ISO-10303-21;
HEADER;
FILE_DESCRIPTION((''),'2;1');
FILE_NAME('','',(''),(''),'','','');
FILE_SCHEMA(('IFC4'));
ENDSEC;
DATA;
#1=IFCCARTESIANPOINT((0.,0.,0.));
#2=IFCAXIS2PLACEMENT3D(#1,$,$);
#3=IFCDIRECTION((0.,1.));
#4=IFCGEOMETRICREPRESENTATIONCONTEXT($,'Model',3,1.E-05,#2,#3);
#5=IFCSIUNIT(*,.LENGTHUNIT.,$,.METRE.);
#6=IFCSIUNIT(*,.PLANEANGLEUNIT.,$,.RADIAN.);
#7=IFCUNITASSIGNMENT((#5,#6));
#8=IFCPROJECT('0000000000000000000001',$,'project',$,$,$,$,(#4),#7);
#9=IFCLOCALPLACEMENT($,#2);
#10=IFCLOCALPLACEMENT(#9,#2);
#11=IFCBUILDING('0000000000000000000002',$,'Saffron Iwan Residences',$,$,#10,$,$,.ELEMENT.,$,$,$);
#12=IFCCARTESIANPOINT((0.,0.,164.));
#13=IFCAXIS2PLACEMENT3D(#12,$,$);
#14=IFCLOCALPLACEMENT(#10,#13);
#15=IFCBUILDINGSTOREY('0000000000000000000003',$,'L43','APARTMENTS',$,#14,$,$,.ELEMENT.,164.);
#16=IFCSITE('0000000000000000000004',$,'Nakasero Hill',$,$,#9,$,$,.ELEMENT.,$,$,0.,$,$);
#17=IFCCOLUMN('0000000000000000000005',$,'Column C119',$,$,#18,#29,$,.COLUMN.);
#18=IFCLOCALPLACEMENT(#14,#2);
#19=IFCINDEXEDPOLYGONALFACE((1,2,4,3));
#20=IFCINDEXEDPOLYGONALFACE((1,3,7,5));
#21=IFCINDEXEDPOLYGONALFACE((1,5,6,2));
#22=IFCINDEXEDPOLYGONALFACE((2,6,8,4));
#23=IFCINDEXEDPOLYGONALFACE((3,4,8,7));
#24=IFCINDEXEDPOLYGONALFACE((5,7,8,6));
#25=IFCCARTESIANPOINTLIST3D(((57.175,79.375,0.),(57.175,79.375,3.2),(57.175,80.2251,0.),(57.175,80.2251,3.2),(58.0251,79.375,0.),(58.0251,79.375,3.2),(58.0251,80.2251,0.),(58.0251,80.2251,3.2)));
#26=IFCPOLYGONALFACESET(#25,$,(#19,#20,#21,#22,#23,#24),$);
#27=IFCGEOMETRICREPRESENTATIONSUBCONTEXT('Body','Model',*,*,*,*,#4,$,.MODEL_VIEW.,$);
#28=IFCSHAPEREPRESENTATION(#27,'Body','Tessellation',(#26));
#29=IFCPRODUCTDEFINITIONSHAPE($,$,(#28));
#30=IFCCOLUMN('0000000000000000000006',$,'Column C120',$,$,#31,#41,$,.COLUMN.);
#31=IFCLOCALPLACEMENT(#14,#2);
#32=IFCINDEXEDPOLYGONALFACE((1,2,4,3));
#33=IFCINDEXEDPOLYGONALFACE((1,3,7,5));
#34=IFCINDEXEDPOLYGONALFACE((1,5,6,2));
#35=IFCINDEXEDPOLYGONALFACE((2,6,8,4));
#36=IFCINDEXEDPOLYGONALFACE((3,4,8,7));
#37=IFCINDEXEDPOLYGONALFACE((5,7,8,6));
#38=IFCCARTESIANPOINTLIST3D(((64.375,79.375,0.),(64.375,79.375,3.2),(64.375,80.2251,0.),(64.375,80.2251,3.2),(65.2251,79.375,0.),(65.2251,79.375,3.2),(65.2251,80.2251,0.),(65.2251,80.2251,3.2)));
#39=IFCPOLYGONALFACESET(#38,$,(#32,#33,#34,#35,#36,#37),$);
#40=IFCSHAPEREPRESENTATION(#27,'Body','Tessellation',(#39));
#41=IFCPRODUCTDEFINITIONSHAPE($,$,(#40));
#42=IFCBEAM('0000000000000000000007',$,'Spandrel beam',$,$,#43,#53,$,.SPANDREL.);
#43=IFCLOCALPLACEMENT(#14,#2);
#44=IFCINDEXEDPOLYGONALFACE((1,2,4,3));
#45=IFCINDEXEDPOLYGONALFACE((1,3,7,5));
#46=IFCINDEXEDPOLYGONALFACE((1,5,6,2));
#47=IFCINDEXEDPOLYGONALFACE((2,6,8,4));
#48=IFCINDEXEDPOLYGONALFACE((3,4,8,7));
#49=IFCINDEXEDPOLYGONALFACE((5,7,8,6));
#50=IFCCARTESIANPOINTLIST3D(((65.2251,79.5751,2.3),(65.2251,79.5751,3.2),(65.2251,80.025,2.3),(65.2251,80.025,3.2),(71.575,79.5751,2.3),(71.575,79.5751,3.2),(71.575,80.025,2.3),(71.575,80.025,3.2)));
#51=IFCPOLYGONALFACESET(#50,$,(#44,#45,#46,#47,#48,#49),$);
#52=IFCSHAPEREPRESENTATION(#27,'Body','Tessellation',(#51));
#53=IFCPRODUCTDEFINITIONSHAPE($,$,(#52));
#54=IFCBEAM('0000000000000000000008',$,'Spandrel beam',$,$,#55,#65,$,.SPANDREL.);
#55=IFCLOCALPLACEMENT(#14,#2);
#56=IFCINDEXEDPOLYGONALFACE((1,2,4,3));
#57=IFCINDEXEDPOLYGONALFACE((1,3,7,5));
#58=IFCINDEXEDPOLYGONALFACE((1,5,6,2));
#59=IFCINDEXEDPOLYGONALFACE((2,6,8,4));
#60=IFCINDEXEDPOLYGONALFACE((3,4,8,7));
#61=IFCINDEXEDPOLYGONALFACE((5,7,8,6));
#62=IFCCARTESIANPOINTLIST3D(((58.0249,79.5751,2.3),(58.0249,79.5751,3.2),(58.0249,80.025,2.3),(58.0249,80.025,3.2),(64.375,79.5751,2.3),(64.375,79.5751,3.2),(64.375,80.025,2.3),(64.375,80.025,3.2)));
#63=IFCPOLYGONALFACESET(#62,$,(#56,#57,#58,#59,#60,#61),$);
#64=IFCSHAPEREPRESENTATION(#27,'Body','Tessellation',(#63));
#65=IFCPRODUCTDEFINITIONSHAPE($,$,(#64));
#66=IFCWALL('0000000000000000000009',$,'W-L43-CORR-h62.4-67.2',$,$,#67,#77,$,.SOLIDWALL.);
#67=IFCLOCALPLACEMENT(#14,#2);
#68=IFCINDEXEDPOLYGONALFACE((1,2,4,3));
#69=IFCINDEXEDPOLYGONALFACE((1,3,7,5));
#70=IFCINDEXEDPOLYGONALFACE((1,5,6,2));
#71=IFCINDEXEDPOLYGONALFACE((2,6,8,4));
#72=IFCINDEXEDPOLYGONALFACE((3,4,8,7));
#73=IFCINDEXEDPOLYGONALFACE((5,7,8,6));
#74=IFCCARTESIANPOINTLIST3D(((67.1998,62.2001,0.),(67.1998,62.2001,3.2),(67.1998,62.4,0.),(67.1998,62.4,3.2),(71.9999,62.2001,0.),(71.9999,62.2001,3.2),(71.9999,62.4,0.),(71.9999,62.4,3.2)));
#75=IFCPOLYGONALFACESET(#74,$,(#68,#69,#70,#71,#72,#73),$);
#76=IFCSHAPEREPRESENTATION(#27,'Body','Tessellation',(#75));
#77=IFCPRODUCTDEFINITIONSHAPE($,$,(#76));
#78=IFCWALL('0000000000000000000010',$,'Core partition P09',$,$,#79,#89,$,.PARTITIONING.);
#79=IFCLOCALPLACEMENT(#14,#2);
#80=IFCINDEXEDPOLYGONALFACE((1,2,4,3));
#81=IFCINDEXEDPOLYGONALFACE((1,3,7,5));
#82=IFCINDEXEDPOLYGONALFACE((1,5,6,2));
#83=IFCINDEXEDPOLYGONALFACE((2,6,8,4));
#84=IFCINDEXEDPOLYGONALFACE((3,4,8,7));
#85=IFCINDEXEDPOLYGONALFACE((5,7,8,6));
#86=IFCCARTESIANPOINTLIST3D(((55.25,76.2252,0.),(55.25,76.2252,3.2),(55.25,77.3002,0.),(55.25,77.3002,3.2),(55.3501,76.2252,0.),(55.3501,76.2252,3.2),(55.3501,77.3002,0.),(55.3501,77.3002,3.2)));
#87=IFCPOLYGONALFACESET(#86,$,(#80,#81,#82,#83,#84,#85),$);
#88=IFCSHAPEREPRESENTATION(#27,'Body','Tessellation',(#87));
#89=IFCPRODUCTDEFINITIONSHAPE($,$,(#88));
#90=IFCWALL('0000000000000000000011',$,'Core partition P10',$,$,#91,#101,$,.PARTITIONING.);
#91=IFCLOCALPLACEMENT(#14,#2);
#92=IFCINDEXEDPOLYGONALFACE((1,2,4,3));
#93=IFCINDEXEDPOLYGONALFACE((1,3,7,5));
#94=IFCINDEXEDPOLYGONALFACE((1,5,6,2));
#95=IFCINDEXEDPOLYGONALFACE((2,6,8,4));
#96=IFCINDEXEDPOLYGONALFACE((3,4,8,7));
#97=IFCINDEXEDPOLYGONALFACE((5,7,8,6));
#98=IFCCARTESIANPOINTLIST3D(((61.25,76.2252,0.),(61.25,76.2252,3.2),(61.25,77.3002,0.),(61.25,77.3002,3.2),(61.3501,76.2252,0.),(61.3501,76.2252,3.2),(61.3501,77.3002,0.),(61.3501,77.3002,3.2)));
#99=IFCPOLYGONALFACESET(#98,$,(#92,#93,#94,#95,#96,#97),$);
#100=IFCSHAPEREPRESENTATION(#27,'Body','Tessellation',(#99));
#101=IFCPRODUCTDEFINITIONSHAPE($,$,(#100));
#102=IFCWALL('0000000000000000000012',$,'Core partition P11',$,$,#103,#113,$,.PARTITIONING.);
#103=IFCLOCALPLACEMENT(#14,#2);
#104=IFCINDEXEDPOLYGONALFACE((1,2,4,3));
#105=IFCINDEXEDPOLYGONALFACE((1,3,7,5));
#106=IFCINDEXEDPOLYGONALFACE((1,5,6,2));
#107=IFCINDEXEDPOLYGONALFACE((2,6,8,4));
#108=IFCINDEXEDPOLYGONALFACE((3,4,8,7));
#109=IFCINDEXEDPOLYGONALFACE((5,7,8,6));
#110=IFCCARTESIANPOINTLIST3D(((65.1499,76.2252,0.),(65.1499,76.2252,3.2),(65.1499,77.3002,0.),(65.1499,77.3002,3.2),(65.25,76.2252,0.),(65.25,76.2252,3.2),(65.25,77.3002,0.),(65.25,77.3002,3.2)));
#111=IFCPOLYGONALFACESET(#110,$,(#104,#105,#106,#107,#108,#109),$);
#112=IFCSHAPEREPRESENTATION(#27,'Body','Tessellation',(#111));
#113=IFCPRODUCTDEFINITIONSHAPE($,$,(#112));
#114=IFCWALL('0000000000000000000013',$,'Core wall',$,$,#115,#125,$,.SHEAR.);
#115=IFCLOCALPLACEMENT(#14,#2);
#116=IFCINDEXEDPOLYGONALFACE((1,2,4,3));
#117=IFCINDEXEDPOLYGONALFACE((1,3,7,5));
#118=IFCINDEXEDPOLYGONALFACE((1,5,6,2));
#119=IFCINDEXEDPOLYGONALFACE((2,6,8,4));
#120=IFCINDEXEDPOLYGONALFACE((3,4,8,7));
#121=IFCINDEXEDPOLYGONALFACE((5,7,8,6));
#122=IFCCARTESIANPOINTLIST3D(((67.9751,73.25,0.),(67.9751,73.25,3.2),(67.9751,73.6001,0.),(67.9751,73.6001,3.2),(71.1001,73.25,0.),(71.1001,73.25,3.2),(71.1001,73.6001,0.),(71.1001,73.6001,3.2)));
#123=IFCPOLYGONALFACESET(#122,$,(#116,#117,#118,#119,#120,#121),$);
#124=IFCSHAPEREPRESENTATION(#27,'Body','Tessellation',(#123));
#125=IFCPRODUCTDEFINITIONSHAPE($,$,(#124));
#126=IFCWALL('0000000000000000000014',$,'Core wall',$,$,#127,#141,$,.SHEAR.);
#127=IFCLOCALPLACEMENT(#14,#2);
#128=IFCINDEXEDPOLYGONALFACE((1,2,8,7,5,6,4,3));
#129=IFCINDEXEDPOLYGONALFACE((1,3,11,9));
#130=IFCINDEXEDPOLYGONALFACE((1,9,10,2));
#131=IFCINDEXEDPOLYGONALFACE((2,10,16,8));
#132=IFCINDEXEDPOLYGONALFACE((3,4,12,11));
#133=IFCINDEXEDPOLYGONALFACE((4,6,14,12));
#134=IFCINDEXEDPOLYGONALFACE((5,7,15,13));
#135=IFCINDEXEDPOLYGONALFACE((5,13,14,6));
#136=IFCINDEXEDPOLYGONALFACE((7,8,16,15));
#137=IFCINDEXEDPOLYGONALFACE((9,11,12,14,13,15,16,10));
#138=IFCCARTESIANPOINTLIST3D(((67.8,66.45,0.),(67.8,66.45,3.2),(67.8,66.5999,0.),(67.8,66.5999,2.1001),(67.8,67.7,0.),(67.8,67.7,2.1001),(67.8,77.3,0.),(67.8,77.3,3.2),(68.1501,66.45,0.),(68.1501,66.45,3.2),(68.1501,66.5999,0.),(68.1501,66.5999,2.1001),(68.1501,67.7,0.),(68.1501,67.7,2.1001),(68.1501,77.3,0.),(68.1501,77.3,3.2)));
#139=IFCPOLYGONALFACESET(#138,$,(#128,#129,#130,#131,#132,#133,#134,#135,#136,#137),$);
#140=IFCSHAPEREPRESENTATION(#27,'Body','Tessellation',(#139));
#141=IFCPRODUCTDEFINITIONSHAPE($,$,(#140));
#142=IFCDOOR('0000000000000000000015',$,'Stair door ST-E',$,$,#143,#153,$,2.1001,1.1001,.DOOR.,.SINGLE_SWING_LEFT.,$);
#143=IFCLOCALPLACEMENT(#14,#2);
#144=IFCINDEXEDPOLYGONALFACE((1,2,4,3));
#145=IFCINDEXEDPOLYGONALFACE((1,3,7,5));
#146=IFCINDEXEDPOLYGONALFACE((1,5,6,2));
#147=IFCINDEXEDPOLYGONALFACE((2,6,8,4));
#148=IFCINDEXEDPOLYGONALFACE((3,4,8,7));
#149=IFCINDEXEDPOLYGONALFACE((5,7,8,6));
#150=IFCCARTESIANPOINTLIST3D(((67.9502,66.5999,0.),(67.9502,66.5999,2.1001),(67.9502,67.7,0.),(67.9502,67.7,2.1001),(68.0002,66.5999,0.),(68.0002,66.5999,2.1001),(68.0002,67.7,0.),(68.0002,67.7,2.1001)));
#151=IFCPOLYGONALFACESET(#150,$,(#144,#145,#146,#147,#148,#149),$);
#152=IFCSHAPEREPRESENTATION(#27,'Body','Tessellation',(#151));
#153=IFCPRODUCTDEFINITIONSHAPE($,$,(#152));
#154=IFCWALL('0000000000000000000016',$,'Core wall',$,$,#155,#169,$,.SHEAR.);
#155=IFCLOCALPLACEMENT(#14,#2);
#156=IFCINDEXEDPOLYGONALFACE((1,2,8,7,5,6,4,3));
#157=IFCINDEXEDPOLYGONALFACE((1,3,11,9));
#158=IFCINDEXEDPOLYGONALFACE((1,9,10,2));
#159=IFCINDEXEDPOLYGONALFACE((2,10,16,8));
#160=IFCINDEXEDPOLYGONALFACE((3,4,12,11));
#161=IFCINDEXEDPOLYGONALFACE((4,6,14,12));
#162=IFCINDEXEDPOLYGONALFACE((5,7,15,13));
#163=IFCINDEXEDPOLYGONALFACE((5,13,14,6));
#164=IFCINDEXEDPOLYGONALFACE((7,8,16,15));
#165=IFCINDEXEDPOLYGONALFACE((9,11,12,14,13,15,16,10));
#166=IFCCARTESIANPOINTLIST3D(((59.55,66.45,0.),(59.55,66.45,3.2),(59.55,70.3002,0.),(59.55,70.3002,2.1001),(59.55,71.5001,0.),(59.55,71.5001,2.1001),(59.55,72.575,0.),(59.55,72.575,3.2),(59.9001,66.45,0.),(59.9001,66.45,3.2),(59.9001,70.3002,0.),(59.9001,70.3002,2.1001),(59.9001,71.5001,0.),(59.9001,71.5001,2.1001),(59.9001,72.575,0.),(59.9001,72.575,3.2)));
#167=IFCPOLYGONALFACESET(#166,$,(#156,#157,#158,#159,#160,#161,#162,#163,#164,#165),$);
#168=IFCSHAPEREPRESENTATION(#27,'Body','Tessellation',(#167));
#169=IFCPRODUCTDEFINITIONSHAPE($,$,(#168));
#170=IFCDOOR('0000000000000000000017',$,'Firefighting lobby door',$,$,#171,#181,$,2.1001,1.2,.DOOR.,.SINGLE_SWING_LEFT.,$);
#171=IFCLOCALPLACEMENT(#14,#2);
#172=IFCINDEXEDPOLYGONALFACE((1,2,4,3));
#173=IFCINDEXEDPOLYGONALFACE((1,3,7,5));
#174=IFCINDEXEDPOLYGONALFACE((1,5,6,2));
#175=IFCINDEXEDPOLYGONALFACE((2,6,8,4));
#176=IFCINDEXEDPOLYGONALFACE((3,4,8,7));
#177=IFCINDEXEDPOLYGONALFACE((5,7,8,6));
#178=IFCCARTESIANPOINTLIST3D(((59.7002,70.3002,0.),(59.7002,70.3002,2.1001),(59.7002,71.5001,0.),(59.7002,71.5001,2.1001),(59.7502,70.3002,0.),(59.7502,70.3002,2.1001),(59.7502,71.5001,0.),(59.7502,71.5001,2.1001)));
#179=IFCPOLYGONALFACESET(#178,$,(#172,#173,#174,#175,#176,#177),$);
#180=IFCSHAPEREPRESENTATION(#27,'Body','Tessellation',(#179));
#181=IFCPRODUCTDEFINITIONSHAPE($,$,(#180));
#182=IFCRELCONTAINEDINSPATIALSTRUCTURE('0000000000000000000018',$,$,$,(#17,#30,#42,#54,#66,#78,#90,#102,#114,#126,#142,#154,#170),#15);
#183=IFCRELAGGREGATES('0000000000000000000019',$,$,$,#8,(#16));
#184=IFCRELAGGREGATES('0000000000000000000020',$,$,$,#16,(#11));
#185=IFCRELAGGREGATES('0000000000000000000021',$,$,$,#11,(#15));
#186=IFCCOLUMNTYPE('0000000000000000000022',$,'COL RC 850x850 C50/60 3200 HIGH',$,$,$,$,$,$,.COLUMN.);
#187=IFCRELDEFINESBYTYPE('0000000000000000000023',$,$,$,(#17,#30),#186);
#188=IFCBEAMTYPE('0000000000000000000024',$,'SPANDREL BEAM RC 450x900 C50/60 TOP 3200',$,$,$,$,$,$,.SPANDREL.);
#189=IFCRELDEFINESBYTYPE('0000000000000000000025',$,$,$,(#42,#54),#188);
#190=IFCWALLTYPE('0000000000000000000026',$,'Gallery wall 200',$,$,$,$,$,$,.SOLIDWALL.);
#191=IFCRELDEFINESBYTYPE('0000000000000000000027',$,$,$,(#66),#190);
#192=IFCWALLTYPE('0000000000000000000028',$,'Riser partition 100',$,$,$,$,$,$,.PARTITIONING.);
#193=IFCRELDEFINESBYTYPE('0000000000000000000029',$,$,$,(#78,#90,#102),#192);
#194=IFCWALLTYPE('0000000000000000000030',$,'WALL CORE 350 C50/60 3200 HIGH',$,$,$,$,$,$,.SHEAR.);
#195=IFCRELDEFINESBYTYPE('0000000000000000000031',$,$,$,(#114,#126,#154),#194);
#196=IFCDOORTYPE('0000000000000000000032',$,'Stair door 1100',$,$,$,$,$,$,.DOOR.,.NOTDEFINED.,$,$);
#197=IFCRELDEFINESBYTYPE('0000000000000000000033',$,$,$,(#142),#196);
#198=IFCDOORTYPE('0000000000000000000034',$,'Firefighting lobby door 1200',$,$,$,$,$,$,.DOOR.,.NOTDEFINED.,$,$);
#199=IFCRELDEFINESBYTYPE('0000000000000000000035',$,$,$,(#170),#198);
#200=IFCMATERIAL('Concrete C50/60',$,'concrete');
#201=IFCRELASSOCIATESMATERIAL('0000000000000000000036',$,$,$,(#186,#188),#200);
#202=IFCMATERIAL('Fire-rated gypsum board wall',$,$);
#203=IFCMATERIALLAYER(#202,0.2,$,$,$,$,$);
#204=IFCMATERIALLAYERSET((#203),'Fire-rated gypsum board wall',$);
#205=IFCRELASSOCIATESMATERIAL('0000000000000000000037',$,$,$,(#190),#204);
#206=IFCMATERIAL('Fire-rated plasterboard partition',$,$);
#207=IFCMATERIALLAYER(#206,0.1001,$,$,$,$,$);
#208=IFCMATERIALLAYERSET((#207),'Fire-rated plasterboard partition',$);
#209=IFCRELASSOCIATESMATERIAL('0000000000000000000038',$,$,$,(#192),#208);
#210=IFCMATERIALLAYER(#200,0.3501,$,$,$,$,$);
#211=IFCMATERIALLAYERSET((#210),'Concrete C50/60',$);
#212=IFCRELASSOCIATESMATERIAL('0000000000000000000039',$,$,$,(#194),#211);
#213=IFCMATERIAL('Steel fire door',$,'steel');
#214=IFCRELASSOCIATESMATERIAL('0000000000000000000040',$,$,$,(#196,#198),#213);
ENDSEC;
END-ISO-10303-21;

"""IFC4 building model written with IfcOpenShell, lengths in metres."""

from ifc_helpers import new_model, si_unit, direction, frame, frame_2d, origin, origin_2d, place, context, subcontext, project, spatial, rectangle, extrude, source, transform, mapped, material, layer, layer_set, material_profile, profile_set, type_object, element, fill, save


model = new_model("IFC4")

# Units and contexts
model_context = context("Model", 3, precision=1e-05, world=origin(), true_north=direction((0.0, 1.0)))
body_context = subcontext(model_context, "Body", "Model", "MODEL_VIEW")
ifc_project = project(units=[si_unit("LENGTHUNIT", "METRE"), si_unit("PLANEANGLEUNIT", "RADIAN")], contexts=[model_context])

# Site, building, storey
site_placement = place(None, origin())
site = spatial("IfcSite", under=ifc_project, at=site_placement, Name="Nakasero Hill", CompositionType="ELEMENT", RefElevation=0.0)
building_placement = place(site_placement, origin())
building = spatial("IfcBuilding", under=site, at=building_placement, Name="Saffron Iwan Residences", CompositionType="ELEMENT")
storey_placement = place(building_placement, frame((0.0, 0.0, 164.0)))
storey = spatial("IfcBuildingStorey", under=building, at=storey_placement, Name="L43", Description="APARTMENTS", CompositionType="ELEMENT", Elevation=164.0)

# Columns
ifc_material_1 = material(Name="Concrete C50/60", Category="concrete")
ifc_material_profile_1 = material_profile(ifc_material_1, rectangle(XDim=0.8501, YDim=0.8501, at=origin_2d()), Name="RC 850x850")
ifc_profile_set_1 = profile_set([ifc_material_profile_1], Name="Concrete C50/60")
column_type = type_object("IfcColumnType", Name="COL RC 850x850 C50/60 3200 HIGH", PredefinedType="COLUMN", material=ifc_profile_set_1)
shared_shape_1 = source(origin(), body_context, "Body", "SweptSolid", [
    extrude(rectangle(XDim=0.8501, YDim=0.8501, at=origin_2d()), origin(), (0.0, 0.0, 1.0), 3.2),
])
for number, where, z_axis, x_axis, name in (
    (1, (57.6001, 79.8, 0.0), (0.0, 0.0, 1.0), (1.0, 0.0, 0.0), "Column C119"),
    (2, (64.8, 79.8, 0.0), (0.0, 0.0, 1.0), (1.0, 0.0, 0.0), "Column C120"),
):
    element("IfcColumn", number, at=place(storey_placement, frame(where, z_axis=z_axis, x_axis=x_axis)), inside=storey, type_object=column_type, Name=name, PredefinedType="COLUMN", context=body_context, shape_type="MappedRepresentation", body=[
        mapped(shared_shape_1, transform((0.0, 0.0, 0.0))),
    ])

# Beams
ifc_material_profile_2 = material_profile(ifc_material_1, rectangle(XDim=0.45, YDim=0.8999, at=origin_2d()), Name="RC 450x900")
ifc_profile_set_2 = profile_set([ifc_material_profile_2], Name="Concrete C50/60")
beam_type = type_object("IfcBeamType", Name="SPANDREL BEAM RC 450x900 C50/60 TOP 3200", PredefinedType="SPANDREL", material=ifc_profile_set_2)
shared_shape_2 = source(origin(), body_context, "Body", "SweptSolid", [
    extrude(rectangle(XDim=0.45, YDim=0.8999, at=origin_2d()), origin(), (0.0, 0.0, 1.0), 6.3499),
])
beam_1_placement = place(storey_placement, frame((65.2251, 79.8, 2.75), z_axis=(1.0, 0.0, 0.0), x_axis=(0.0, 1.0, 0.0)))
element("IfcBeam", 3, at=beam_1_placement, inside=storey, type_object=beam_type, Name="Spandrel beam", PredefinedType="SPANDREL", context=body_context, shape_type="MappedRepresentation", body=[
    mapped(shared_shape_2, transform((0.0, 0.0, 0.0))),
])
shared_shape_3 = source(origin(), body_context, "Body", "SweptSolid", [
    extrude(rectangle(XDim=0.45, YDim=0.8999, at=origin_2d()), origin(), (0.0, 0.0, 1.0), 6.3501),
])
beam_2_placement = place(storey_placement, frame((58.0249, 79.8, 2.75), z_axis=(1.0, 0.0, 0.0), x_axis=(0.0, 1.0, 0.0)))
element("IfcBeam", 4, at=beam_2_placement, inside=storey, type_object=beam_type, Name="Spandrel beam", PredefinedType="SPANDREL", context=body_context, shape_type="MappedRepresentation", body=[
    mapped(shared_shape_3, transform((0.0, 0.0, 0.0))),
])

# Walls
ifc_material_2 = material(Name="Fire-rated gypsum board wall")
ifc_layer_1 = layer(ifc_material_2, 0.2)
ifc_layer_set_1 = layer_set([ifc_layer_1], Name="Fire-rated gypsum board wall")
wall_type_1 = type_object("IfcWallType", Name="Gallery wall 200", PredefinedType="SOLIDWALL", material=ifc_layer_set_1)
wall_1_placement = place(storey_placement, frame((67.2, 62.3, 0.0), z_axis=(0.0, 0.0, 1.0), x_axis=(1.0, 0.0, 0.0)))
element("IfcWall", 5, at=wall_1_placement, inside=storey, type_object=wall_type_1, Name="W-L43-CORR-h62.4-67.2", PredefinedType="SOLIDWALL", context=body_context, shape_type="SweptSolid", body=[
    extrude(rectangle(XDim=4.8, YDim=0.2, at=frame_2d((2.3999, 0.0))), origin(), (0.0, 0.0, 1.0), 3.2),
])
ifc_material_3 = material(Name="Fire-rated plasterboard partition")
ifc_layer_2 = layer(ifc_material_3, 0.1001)
ifc_layer_set_2 = layer_set([ifc_layer_2], Name="Fire-rated plasterboard partition")
wall_type_2 = type_object("IfcWallType", Name="Riser partition 100", PredefinedType="PARTITIONING", material=ifc_layer_set_2)
for number, where, z_axis, x_axis, name in (
    (6, (55.3, 76.2251, 0.0), (0.0, 0.0, 1.0), (0.0, 1.0, 0.0), "Core partition P09"),
    (7, (61.3, 76.2251, 0.0), (0.0, 0.0, 1.0), (0.0, 1.0, 0.0), "Core partition P10"),
    (8, (65.2, 76.2251, 0.0), (0.0, 0.0, 1.0), (0.0, 1.0, 0.0), "Core partition P11"),
):
    element("IfcWall", number, at=place(storey_placement, frame(where, z_axis=z_axis, x_axis=x_axis)), inside=storey, type_object=wall_type_2, Name=name, PredefinedType="PARTITIONING", context=body_context, shape_type="SweptSolid", body=[
        extrude(rectangle(XDim=1.075, YDim=0.1001, at=frame_2d((0.5376, 0.0))), origin(), (0.0, 0.0, 1.0), 3.2),
    ])
ifc_layer_3 = layer(ifc_material_1, 0.3501)
ifc_layer_set_3 = layer_set([ifc_layer_3], Name="Concrete C50/60")
wall_type_3 = type_object("IfcWallType", Name="WALL CORE 350 C50/60 3200 HIGH", PredefinedType="SHEAR", material=ifc_layer_set_3)
wall_2_placement = place(storey_placement, frame((67.9751, 73.425, 0.0), z_axis=(0.0, 0.0, 1.0), x_axis=(1.0, 0.0, 0.0)))
element("IfcWall", 9, at=wall_2_placement, inside=storey, type_object=wall_type_3, Name="Core wall", PredefinedType="SHEAR", context=body_context, shape_type="SweptSolid", body=[
    extrude(rectangle(XDim=3.125, YDim=0.3501, at=frame_2d((1.5625, 0.0))), origin(), (0.0, 0.0, 1.0), 3.2),
])

# Walls, openings, doors
wall_3_placement = place(storey_placement, frame((67.9751, 66.45, 0.0), z_axis=(0.0, 0.0, 1.0), x_axis=(0.0, 1.0, 0.0)))
wall_3 = element("IfcWall", 10, at=wall_3_placement, inside=storey, type_object=wall_type_3, Name="Core wall", PredefinedType="SHEAR", context=body_context, shape_type="SweptSolid", body=[
    extrude(rectangle(XDim=10.8501, YDim=0.3501, at=frame_2d((5.425, 0.0))), origin(), (0.0, 0.0, 1.0), 3.2),
])
opening_1_placement = place(wall_3_placement, frame((0.1499, 0.0, 0.0)))
opening_1 = element("IfcOpeningElement", 11, at=opening_1_placement, cuts=wall_3, PredefinedType="OPENING", context=body_context, shape_type="SweptSolid", body=[
    extrude(rectangle(XDim=1.1001, YDim=2.1001, at=frame_2d((0.55, 1.05))), frame((0.0, 0.1851, 0.0), z_axis=(0.0, -1.0, 0.0), x_axis=(1.0, 0.0, 0.0)), (0.0, 0.0, 1.0), 0.3701),
])
ifc_material_4 = material(Name="Steel fire door", Category="steel")
door_type_1 = type_object("IfcDoorType", Name="Stair door 1100", OperationType="NOTDEFINED", PredefinedType="DOOR", material=ifc_material_4)
door_1_placement = place(opening_1_placement, origin())
door_1 = element("IfcDoor", 12, at=door_1_placement, inside=storey, type_object=door_type_1, Name="Stair door ST-E", OperationType="SINGLE_SWING_LEFT", OverallHeight=2.1001, OverallWidth=1.1001, PredefinedType="DOOR", context=body_context, shape_type="SweptSolid", body=[
    extrude(rectangle(XDim=1.1001, YDim=2.1001, at=frame_2d((0.55, 1.05))), frame((0.0, 0.0249, 0.0), z_axis=(0.0, -1.0, 0.0), x_axis=(1.0, 0.0, 0.0)), (0.0, 0.0, 1.0), 0.05),
])
fill(opening_1, door_1)
wall_4_placement = place(storey_placement, frame((59.7251, 66.45, 0.0), z_axis=(0.0, 0.0, 1.0), x_axis=(0.0, 1.0, 0.0)))
wall_4 = element("IfcWall", 13, at=wall_4_placement, inside=storey, type_object=wall_type_3, Name="Core wall", PredefinedType="SHEAR", context=body_context, shape_type="SweptSolid", body=[
    extrude(rectangle(XDim=6.125, YDim=0.3501, at=frame_2d((3.0625, 0.0))), origin(), (0.0, 0.0, 1.0), 3.2),
])
opening_2_placement = place(wall_4_placement, frame((3.8501, 0.0, 0.0)))
opening_2 = element("IfcOpeningElement", 14, at=opening_2_placement, cuts=wall_4, PredefinedType="OPENING", context=body_context, shape_type="SweptSolid", body=[
    extrude(rectangle(XDim=1.2, YDim=2.1001, at=frame_2d((0.6001, 1.05))), frame((0.0, 0.1851, 0.0), z_axis=(0.0, -1.0, 0.0), x_axis=(1.0, 0.0, 0.0)), (0.0, 0.0, 1.0), 0.3701),
])
door_type_2 = type_object("IfcDoorType", Name="Firefighting lobby door 1200", OperationType="NOTDEFINED", PredefinedType="DOOR", material=ifc_material_4)
door_2_placement = place(opening_2_placement, origin())
door_2 = element("IfcDoor", 15, at=door_2_placement, inside=storey, type_object=door_type_2, Name="Firefighting lobby door", OperationType="SINGLE_SWING_LEFT", OverallHeight=2.1001, OverallWidth=1.2, PredefinedType="DOOR", context=body_context, shape_type="SweptSolid", body=[
    extrude(rectangle(XDim=1.2, YDim=2.1001, at=frame_2d((0.6001, 1.05))), frame((0.0, 0.0249, 0.0), z_axis=(0.0, -1.0, 0.0), x_axis=(1.0, 0.0, 0.0)), (0.0, 0.0, 1.0), 0.05),
])
fill(opening_2, door_2)

save(model, "model.ifc")
